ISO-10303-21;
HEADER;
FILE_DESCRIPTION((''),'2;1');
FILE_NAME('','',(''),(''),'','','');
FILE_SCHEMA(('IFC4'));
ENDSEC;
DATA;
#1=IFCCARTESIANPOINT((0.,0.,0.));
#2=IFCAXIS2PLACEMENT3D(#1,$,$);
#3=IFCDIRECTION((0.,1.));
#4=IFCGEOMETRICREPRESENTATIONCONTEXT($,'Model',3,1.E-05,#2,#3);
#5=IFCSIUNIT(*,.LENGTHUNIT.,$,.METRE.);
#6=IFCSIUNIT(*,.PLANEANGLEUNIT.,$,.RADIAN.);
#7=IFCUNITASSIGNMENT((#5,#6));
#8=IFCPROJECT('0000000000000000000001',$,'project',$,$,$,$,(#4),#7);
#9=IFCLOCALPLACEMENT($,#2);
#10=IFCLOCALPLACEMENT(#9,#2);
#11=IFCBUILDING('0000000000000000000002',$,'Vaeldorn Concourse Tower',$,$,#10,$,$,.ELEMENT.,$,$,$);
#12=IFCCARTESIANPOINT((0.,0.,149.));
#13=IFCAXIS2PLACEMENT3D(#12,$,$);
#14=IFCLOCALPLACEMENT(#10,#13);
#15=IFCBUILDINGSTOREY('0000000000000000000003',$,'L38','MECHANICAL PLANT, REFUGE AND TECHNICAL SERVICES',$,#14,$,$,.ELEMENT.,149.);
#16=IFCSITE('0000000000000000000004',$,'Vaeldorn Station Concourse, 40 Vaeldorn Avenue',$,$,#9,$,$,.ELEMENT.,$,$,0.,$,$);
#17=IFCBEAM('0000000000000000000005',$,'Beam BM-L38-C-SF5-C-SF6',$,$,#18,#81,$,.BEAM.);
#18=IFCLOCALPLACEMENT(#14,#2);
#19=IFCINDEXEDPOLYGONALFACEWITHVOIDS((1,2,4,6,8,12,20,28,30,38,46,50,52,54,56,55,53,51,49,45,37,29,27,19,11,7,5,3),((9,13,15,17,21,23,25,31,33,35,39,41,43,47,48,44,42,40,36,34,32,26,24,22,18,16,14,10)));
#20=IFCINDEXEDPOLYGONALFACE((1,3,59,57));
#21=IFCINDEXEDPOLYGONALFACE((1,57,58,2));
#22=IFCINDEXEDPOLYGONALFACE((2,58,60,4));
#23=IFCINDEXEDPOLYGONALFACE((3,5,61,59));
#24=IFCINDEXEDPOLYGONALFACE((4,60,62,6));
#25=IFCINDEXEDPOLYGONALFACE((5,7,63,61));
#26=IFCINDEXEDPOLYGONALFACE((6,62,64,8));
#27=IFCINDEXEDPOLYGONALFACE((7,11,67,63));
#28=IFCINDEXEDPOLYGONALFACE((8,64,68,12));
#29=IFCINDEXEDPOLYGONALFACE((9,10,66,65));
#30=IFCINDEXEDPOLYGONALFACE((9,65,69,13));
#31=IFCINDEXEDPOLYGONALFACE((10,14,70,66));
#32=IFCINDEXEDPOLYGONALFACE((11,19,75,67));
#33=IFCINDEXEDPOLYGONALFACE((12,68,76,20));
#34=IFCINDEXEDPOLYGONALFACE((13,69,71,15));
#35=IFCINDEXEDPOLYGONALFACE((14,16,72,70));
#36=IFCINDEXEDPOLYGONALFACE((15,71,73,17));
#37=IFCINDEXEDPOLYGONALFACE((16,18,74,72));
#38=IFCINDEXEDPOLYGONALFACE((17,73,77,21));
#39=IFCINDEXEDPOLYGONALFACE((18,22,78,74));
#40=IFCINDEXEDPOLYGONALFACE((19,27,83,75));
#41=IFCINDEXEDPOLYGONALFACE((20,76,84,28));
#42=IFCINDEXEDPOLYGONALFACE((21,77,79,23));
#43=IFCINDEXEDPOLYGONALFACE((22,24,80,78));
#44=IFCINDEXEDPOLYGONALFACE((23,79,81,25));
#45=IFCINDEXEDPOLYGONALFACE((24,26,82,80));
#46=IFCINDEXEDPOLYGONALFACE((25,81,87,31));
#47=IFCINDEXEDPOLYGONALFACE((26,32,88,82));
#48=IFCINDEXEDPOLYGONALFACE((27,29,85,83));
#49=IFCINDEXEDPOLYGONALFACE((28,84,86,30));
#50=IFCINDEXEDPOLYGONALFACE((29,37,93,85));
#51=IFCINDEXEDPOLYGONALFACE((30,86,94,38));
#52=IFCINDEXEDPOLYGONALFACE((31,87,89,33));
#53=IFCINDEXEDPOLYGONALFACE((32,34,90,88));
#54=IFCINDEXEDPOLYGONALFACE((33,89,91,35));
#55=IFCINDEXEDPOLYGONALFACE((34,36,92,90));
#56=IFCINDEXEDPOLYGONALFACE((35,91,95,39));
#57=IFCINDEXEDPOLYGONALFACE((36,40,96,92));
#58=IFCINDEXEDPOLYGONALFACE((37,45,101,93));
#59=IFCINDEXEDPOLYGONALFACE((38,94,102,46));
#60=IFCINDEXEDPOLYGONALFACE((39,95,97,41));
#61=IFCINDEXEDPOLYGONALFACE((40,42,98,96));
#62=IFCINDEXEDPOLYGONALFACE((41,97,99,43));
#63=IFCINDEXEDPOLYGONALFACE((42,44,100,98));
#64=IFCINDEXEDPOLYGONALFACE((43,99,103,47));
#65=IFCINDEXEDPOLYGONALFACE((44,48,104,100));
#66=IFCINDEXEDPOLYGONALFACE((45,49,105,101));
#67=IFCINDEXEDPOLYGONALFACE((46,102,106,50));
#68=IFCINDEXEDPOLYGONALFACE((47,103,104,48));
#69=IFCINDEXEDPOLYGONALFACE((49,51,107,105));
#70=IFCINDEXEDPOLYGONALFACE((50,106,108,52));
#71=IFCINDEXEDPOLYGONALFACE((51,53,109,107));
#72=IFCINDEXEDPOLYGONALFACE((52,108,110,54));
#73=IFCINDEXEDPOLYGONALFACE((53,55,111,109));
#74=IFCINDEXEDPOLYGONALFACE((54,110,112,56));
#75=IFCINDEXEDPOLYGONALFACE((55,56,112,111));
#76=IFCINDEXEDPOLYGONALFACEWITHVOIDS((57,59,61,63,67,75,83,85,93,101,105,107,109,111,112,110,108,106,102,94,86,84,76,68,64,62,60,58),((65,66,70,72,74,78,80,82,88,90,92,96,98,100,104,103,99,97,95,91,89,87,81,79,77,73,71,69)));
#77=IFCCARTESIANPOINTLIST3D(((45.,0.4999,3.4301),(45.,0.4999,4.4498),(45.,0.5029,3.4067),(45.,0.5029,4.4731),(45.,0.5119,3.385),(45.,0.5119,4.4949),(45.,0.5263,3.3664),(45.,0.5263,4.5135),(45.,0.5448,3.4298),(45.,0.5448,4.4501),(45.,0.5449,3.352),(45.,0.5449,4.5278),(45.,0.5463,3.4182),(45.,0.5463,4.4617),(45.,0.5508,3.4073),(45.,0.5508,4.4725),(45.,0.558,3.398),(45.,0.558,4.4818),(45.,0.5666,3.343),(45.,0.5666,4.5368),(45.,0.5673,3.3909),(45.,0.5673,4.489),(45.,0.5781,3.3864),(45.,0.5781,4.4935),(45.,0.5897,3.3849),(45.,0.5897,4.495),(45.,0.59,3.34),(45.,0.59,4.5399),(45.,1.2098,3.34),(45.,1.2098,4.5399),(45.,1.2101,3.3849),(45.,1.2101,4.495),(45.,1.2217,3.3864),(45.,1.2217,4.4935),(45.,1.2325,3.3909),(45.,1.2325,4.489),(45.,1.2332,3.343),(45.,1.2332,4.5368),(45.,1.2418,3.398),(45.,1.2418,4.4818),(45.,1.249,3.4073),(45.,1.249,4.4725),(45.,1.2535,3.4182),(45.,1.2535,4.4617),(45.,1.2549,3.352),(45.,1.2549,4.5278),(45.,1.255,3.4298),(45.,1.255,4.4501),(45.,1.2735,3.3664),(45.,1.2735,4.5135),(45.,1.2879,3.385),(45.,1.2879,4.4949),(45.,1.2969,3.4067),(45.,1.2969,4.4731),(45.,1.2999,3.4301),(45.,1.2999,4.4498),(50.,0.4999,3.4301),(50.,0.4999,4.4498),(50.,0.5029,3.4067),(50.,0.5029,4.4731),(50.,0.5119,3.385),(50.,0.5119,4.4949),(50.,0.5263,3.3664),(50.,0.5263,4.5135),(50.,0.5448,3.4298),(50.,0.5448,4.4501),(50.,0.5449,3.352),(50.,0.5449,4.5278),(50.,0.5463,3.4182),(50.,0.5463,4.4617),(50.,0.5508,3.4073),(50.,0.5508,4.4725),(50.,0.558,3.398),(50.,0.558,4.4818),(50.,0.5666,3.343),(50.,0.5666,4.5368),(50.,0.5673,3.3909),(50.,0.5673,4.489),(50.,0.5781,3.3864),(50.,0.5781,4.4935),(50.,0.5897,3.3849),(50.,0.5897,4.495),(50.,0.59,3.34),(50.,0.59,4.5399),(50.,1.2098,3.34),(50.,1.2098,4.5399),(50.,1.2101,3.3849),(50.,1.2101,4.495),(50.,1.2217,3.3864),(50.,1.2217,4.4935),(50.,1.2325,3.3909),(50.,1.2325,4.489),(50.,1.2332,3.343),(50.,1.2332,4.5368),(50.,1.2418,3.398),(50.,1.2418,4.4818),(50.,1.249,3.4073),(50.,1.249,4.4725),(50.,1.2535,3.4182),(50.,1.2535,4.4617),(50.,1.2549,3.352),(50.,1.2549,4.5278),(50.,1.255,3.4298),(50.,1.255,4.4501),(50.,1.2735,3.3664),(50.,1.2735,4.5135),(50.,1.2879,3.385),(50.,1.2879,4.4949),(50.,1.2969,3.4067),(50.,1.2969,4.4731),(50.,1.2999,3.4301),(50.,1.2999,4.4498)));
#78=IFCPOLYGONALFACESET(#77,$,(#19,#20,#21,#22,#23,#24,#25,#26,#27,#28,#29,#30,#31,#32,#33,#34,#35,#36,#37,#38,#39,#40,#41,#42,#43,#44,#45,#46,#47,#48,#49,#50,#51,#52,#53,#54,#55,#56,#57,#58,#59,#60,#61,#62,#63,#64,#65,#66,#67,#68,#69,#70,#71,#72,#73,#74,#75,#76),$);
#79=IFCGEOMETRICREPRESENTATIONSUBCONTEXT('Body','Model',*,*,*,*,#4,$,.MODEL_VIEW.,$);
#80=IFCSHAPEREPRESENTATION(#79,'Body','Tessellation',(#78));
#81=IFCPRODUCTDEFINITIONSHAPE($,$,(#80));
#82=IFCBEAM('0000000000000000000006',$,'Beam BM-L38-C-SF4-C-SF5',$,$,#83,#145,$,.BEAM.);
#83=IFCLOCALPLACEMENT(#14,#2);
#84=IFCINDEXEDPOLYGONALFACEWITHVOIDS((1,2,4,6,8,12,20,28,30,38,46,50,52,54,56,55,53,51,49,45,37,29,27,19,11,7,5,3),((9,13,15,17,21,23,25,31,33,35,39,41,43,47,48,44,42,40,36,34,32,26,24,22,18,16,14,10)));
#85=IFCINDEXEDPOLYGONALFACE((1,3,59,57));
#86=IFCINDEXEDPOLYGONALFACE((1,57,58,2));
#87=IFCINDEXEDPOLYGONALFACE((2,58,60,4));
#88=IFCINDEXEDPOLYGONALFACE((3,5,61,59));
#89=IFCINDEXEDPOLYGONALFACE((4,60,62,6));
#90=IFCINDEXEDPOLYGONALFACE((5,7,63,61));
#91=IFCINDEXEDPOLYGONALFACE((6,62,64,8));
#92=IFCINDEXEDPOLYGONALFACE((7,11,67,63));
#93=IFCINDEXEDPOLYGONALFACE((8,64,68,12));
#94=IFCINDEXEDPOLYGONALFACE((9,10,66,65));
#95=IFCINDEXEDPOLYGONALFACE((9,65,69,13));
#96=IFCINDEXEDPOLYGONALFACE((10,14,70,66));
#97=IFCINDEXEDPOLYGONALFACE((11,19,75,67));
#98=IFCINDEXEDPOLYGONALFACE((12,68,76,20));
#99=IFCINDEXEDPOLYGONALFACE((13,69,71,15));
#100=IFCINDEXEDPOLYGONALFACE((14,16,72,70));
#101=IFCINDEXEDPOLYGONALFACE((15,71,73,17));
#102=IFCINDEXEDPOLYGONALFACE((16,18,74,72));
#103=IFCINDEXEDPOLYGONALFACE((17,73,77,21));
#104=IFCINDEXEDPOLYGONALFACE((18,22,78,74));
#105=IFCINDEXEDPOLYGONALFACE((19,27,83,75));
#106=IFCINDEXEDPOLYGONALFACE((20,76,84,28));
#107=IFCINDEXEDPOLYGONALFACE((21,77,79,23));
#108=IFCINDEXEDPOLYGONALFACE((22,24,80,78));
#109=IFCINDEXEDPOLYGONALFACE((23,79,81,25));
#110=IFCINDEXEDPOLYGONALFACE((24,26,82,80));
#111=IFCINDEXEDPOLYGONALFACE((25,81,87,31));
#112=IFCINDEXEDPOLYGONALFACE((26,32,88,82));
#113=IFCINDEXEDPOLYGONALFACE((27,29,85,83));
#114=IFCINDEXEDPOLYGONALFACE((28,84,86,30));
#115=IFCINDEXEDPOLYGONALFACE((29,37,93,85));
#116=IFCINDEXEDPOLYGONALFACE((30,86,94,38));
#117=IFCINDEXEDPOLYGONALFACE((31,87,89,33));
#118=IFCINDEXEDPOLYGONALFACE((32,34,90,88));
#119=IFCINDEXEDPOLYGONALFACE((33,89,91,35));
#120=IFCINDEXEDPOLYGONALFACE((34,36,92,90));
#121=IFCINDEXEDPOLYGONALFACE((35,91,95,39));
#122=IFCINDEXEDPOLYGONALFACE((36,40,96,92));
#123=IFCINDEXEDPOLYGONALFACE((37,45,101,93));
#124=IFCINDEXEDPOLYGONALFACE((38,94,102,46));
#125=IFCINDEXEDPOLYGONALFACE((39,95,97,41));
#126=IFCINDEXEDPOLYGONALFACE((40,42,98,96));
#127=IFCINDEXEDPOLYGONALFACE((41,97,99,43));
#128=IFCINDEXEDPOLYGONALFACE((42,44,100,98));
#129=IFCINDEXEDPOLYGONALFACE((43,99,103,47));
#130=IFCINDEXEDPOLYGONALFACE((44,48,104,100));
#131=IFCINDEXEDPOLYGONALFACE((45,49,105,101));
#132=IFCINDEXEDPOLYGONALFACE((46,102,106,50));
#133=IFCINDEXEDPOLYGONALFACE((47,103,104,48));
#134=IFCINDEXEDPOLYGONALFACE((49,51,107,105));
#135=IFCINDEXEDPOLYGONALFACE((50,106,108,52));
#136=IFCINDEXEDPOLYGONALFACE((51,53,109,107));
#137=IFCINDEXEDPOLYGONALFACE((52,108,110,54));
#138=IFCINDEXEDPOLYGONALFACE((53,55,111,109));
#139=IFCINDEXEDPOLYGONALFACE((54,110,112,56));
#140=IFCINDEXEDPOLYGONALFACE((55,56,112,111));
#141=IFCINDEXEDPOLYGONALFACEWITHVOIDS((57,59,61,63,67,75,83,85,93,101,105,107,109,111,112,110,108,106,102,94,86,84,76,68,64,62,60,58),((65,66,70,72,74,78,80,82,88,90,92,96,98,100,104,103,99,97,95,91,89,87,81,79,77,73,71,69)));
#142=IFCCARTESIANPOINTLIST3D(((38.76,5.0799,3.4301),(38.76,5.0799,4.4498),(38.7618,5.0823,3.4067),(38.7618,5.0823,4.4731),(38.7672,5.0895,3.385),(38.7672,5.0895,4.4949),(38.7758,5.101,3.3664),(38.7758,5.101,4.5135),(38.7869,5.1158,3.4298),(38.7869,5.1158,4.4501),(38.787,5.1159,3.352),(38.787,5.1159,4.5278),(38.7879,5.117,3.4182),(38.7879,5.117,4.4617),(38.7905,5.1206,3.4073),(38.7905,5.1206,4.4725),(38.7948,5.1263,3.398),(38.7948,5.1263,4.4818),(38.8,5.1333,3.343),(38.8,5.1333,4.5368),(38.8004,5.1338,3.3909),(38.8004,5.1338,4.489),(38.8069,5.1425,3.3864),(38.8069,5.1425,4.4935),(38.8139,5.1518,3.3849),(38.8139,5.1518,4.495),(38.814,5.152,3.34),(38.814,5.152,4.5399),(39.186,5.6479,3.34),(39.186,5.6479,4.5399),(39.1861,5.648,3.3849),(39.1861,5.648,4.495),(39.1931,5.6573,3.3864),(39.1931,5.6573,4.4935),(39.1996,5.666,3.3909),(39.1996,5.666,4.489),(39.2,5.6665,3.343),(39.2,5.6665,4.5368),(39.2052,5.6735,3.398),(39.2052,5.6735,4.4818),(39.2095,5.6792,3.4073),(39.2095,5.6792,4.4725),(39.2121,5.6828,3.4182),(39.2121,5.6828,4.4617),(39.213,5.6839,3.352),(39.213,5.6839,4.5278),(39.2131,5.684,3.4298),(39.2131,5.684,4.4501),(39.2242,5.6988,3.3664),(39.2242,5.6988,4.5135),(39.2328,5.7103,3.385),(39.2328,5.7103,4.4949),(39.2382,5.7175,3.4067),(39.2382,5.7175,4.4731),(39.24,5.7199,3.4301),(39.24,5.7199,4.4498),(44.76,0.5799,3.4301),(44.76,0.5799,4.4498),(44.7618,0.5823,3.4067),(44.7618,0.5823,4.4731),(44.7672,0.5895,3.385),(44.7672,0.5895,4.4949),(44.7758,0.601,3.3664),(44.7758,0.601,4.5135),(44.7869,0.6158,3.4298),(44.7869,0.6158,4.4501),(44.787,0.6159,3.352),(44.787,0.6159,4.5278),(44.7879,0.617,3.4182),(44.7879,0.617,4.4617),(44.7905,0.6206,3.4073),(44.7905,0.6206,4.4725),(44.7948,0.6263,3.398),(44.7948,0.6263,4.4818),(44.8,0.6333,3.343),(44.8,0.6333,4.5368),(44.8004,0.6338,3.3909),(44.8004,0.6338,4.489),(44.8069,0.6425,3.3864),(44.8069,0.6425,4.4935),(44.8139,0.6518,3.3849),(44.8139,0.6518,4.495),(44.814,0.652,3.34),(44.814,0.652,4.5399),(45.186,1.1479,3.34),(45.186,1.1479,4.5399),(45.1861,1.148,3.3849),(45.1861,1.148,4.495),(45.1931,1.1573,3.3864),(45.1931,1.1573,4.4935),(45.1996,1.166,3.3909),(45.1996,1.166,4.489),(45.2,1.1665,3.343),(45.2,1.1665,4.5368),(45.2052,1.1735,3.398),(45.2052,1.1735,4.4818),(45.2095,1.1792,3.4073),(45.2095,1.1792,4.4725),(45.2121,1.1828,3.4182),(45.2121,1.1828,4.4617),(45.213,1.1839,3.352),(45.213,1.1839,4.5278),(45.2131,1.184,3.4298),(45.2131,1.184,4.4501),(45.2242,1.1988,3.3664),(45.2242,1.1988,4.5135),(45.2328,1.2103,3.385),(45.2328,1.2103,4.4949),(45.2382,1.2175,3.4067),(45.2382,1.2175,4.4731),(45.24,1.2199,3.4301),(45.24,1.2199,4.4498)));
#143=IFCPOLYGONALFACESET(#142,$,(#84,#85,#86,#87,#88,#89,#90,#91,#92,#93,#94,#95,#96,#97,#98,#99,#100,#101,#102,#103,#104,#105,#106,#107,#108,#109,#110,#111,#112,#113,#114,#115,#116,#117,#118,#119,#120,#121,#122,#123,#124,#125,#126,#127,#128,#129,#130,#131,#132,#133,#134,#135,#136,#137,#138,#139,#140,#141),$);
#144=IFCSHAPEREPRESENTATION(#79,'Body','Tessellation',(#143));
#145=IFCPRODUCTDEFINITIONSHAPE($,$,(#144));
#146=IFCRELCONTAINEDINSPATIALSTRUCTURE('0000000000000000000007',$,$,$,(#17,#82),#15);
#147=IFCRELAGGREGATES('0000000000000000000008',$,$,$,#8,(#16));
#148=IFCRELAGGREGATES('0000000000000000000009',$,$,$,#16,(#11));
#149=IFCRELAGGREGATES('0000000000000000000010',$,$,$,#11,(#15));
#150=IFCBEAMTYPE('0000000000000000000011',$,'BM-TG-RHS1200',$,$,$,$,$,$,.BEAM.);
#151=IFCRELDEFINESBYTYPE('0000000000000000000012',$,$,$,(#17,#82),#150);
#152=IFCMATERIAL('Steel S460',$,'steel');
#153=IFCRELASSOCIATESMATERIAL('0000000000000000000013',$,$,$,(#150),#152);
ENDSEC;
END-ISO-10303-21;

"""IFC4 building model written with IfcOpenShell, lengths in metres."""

from ifc_helpers import new_model, si_unit, direction, frame, origin, origin_2d, place, context, subcontext, project, spatial, hollow_rectangle, extrude, source, transform, mapped, material, material_profile, profile_set, type_object, element, save


model = new_model("IFC4")

# Units and contexts
model_context = context("Model", 3, precision=1e-05, world=origin(), true_north=direction((0.0, 1.0)))
body_context = subcontext(model_context, "Body", "Model", "MODEL_VIEW")
ifc_project = project(units=[si_unit("LENGTHUNIT", "METRE"), si_unit("PLANEANGLEUNIT", "RADIAN")], contexts=[model_context])

# Site, building, storey
site_placement = place(None, origin())
site = spatial("IfcSite", under=ifc_project, at=site_placement, Name="Vaeldorn Station Concourse, 40 Vaeldorn Avenue", CompositionType="ELEMENT", RefElevation=0.0)
building_placement = place(site_placement, origin())
building = spatial("IfcBuilding", under=site, at=building_placement, Name="Vaeldorn Concourse Tower", CompositionType="ELEMENT")
storey_placement = place(building_placement, frame((0.0, 0.0, 149.0)))
storey = spatial("IfcBuildingStorey", under=building, at=storey_placement, Name="L38", Description="MECHANICAL PLANT, REFUGE AND TECHNICAL SERVICES", CompositionType="ELEMENT", Elevation=149.0)

# Shared definitions
ifc_material_1 = material(Name="Steel S460", Category="steel")

# Beams
ifc_material_profile_1 = material_profile(ifc_material_1, hollow_rectangle(XDim=0.8, YDim=1.2, WallThickness=0.0449, InnerFilletRadius=0.0449, OuterFilletRadius=0.0901, at=origin_2d()), Name="RHS 1200x800x45")
ifc_profile_set_1 = profile_set([ifc_material_profile_1], Name="Steel S460")
beam_type_1 = type_object("IfcBeamType", Name="BM-TG-RHS1200", PredefinedType="BEAM", material=ifc_profile_set_1)
shared_shape_1 = source(origin(), body_context, "Body", "SweptSolid", [
    extrude(hollow_rectangle(XDim=0.8, YDim=1.2, WallThickness=0.0449, InnerFilletRadius=0.0449, OuterFilletRadius=0.0901, at=origin_2d()), origin(), (0.0, 0.0, 1.0), 5.0),
])
beam_1_placement = place(storey_placement, frame((45.0, 0.8999, 3.9399), z_axis=(1.0, 0.0, 0.0), x_axis=(0.0, 1.0, 0.0)))
element("IfcBeam", 1, at=beam_1_placement, inside=storey, type_object=beam_type_1, Name="Beam BM-L38-C-SF5-C-SF6", PredefinedType="BEAM", context=body_context, shape_type="MappedRepresentation", body=[
    mapped(shared_shape_1, transform((0.0, 0.0, 0.0), scale=1.0)),
])
shared_shape_2 = source(origin(), body_context, "Body", "SweptSolid", [
    extrude(hollow_rectangle(XDim=0.8, YDim=1.2, WallThickness=0.0449, InnerFilletRadius=0.0449, OuterFilletRadius=0.0901, at=origin_2d()), origin(), (0.0, 0.0, 1.0), 7.5),
])
beam_2_placement = place(storey_placement, frame((39.0, 5.3999, 3.9399), z_axis=(0.8, -0.6, 0.0), x_axis=(0.6, 0.8, 0.0)))
element("IfcBeam", 2, at=beam_2_placement, inside=storey, type_object=beam_type_1, Name="Beam BM-L38-C-SF4-C-SF5", PredefinedType="BEAM", context=body_context, shape_type="MappedRepresentation", body=[
    mapped(shared_shape_2, transform((0.0, 0.0, 0.0), scale=1.0)),
])

save(model, "model.ifc")
